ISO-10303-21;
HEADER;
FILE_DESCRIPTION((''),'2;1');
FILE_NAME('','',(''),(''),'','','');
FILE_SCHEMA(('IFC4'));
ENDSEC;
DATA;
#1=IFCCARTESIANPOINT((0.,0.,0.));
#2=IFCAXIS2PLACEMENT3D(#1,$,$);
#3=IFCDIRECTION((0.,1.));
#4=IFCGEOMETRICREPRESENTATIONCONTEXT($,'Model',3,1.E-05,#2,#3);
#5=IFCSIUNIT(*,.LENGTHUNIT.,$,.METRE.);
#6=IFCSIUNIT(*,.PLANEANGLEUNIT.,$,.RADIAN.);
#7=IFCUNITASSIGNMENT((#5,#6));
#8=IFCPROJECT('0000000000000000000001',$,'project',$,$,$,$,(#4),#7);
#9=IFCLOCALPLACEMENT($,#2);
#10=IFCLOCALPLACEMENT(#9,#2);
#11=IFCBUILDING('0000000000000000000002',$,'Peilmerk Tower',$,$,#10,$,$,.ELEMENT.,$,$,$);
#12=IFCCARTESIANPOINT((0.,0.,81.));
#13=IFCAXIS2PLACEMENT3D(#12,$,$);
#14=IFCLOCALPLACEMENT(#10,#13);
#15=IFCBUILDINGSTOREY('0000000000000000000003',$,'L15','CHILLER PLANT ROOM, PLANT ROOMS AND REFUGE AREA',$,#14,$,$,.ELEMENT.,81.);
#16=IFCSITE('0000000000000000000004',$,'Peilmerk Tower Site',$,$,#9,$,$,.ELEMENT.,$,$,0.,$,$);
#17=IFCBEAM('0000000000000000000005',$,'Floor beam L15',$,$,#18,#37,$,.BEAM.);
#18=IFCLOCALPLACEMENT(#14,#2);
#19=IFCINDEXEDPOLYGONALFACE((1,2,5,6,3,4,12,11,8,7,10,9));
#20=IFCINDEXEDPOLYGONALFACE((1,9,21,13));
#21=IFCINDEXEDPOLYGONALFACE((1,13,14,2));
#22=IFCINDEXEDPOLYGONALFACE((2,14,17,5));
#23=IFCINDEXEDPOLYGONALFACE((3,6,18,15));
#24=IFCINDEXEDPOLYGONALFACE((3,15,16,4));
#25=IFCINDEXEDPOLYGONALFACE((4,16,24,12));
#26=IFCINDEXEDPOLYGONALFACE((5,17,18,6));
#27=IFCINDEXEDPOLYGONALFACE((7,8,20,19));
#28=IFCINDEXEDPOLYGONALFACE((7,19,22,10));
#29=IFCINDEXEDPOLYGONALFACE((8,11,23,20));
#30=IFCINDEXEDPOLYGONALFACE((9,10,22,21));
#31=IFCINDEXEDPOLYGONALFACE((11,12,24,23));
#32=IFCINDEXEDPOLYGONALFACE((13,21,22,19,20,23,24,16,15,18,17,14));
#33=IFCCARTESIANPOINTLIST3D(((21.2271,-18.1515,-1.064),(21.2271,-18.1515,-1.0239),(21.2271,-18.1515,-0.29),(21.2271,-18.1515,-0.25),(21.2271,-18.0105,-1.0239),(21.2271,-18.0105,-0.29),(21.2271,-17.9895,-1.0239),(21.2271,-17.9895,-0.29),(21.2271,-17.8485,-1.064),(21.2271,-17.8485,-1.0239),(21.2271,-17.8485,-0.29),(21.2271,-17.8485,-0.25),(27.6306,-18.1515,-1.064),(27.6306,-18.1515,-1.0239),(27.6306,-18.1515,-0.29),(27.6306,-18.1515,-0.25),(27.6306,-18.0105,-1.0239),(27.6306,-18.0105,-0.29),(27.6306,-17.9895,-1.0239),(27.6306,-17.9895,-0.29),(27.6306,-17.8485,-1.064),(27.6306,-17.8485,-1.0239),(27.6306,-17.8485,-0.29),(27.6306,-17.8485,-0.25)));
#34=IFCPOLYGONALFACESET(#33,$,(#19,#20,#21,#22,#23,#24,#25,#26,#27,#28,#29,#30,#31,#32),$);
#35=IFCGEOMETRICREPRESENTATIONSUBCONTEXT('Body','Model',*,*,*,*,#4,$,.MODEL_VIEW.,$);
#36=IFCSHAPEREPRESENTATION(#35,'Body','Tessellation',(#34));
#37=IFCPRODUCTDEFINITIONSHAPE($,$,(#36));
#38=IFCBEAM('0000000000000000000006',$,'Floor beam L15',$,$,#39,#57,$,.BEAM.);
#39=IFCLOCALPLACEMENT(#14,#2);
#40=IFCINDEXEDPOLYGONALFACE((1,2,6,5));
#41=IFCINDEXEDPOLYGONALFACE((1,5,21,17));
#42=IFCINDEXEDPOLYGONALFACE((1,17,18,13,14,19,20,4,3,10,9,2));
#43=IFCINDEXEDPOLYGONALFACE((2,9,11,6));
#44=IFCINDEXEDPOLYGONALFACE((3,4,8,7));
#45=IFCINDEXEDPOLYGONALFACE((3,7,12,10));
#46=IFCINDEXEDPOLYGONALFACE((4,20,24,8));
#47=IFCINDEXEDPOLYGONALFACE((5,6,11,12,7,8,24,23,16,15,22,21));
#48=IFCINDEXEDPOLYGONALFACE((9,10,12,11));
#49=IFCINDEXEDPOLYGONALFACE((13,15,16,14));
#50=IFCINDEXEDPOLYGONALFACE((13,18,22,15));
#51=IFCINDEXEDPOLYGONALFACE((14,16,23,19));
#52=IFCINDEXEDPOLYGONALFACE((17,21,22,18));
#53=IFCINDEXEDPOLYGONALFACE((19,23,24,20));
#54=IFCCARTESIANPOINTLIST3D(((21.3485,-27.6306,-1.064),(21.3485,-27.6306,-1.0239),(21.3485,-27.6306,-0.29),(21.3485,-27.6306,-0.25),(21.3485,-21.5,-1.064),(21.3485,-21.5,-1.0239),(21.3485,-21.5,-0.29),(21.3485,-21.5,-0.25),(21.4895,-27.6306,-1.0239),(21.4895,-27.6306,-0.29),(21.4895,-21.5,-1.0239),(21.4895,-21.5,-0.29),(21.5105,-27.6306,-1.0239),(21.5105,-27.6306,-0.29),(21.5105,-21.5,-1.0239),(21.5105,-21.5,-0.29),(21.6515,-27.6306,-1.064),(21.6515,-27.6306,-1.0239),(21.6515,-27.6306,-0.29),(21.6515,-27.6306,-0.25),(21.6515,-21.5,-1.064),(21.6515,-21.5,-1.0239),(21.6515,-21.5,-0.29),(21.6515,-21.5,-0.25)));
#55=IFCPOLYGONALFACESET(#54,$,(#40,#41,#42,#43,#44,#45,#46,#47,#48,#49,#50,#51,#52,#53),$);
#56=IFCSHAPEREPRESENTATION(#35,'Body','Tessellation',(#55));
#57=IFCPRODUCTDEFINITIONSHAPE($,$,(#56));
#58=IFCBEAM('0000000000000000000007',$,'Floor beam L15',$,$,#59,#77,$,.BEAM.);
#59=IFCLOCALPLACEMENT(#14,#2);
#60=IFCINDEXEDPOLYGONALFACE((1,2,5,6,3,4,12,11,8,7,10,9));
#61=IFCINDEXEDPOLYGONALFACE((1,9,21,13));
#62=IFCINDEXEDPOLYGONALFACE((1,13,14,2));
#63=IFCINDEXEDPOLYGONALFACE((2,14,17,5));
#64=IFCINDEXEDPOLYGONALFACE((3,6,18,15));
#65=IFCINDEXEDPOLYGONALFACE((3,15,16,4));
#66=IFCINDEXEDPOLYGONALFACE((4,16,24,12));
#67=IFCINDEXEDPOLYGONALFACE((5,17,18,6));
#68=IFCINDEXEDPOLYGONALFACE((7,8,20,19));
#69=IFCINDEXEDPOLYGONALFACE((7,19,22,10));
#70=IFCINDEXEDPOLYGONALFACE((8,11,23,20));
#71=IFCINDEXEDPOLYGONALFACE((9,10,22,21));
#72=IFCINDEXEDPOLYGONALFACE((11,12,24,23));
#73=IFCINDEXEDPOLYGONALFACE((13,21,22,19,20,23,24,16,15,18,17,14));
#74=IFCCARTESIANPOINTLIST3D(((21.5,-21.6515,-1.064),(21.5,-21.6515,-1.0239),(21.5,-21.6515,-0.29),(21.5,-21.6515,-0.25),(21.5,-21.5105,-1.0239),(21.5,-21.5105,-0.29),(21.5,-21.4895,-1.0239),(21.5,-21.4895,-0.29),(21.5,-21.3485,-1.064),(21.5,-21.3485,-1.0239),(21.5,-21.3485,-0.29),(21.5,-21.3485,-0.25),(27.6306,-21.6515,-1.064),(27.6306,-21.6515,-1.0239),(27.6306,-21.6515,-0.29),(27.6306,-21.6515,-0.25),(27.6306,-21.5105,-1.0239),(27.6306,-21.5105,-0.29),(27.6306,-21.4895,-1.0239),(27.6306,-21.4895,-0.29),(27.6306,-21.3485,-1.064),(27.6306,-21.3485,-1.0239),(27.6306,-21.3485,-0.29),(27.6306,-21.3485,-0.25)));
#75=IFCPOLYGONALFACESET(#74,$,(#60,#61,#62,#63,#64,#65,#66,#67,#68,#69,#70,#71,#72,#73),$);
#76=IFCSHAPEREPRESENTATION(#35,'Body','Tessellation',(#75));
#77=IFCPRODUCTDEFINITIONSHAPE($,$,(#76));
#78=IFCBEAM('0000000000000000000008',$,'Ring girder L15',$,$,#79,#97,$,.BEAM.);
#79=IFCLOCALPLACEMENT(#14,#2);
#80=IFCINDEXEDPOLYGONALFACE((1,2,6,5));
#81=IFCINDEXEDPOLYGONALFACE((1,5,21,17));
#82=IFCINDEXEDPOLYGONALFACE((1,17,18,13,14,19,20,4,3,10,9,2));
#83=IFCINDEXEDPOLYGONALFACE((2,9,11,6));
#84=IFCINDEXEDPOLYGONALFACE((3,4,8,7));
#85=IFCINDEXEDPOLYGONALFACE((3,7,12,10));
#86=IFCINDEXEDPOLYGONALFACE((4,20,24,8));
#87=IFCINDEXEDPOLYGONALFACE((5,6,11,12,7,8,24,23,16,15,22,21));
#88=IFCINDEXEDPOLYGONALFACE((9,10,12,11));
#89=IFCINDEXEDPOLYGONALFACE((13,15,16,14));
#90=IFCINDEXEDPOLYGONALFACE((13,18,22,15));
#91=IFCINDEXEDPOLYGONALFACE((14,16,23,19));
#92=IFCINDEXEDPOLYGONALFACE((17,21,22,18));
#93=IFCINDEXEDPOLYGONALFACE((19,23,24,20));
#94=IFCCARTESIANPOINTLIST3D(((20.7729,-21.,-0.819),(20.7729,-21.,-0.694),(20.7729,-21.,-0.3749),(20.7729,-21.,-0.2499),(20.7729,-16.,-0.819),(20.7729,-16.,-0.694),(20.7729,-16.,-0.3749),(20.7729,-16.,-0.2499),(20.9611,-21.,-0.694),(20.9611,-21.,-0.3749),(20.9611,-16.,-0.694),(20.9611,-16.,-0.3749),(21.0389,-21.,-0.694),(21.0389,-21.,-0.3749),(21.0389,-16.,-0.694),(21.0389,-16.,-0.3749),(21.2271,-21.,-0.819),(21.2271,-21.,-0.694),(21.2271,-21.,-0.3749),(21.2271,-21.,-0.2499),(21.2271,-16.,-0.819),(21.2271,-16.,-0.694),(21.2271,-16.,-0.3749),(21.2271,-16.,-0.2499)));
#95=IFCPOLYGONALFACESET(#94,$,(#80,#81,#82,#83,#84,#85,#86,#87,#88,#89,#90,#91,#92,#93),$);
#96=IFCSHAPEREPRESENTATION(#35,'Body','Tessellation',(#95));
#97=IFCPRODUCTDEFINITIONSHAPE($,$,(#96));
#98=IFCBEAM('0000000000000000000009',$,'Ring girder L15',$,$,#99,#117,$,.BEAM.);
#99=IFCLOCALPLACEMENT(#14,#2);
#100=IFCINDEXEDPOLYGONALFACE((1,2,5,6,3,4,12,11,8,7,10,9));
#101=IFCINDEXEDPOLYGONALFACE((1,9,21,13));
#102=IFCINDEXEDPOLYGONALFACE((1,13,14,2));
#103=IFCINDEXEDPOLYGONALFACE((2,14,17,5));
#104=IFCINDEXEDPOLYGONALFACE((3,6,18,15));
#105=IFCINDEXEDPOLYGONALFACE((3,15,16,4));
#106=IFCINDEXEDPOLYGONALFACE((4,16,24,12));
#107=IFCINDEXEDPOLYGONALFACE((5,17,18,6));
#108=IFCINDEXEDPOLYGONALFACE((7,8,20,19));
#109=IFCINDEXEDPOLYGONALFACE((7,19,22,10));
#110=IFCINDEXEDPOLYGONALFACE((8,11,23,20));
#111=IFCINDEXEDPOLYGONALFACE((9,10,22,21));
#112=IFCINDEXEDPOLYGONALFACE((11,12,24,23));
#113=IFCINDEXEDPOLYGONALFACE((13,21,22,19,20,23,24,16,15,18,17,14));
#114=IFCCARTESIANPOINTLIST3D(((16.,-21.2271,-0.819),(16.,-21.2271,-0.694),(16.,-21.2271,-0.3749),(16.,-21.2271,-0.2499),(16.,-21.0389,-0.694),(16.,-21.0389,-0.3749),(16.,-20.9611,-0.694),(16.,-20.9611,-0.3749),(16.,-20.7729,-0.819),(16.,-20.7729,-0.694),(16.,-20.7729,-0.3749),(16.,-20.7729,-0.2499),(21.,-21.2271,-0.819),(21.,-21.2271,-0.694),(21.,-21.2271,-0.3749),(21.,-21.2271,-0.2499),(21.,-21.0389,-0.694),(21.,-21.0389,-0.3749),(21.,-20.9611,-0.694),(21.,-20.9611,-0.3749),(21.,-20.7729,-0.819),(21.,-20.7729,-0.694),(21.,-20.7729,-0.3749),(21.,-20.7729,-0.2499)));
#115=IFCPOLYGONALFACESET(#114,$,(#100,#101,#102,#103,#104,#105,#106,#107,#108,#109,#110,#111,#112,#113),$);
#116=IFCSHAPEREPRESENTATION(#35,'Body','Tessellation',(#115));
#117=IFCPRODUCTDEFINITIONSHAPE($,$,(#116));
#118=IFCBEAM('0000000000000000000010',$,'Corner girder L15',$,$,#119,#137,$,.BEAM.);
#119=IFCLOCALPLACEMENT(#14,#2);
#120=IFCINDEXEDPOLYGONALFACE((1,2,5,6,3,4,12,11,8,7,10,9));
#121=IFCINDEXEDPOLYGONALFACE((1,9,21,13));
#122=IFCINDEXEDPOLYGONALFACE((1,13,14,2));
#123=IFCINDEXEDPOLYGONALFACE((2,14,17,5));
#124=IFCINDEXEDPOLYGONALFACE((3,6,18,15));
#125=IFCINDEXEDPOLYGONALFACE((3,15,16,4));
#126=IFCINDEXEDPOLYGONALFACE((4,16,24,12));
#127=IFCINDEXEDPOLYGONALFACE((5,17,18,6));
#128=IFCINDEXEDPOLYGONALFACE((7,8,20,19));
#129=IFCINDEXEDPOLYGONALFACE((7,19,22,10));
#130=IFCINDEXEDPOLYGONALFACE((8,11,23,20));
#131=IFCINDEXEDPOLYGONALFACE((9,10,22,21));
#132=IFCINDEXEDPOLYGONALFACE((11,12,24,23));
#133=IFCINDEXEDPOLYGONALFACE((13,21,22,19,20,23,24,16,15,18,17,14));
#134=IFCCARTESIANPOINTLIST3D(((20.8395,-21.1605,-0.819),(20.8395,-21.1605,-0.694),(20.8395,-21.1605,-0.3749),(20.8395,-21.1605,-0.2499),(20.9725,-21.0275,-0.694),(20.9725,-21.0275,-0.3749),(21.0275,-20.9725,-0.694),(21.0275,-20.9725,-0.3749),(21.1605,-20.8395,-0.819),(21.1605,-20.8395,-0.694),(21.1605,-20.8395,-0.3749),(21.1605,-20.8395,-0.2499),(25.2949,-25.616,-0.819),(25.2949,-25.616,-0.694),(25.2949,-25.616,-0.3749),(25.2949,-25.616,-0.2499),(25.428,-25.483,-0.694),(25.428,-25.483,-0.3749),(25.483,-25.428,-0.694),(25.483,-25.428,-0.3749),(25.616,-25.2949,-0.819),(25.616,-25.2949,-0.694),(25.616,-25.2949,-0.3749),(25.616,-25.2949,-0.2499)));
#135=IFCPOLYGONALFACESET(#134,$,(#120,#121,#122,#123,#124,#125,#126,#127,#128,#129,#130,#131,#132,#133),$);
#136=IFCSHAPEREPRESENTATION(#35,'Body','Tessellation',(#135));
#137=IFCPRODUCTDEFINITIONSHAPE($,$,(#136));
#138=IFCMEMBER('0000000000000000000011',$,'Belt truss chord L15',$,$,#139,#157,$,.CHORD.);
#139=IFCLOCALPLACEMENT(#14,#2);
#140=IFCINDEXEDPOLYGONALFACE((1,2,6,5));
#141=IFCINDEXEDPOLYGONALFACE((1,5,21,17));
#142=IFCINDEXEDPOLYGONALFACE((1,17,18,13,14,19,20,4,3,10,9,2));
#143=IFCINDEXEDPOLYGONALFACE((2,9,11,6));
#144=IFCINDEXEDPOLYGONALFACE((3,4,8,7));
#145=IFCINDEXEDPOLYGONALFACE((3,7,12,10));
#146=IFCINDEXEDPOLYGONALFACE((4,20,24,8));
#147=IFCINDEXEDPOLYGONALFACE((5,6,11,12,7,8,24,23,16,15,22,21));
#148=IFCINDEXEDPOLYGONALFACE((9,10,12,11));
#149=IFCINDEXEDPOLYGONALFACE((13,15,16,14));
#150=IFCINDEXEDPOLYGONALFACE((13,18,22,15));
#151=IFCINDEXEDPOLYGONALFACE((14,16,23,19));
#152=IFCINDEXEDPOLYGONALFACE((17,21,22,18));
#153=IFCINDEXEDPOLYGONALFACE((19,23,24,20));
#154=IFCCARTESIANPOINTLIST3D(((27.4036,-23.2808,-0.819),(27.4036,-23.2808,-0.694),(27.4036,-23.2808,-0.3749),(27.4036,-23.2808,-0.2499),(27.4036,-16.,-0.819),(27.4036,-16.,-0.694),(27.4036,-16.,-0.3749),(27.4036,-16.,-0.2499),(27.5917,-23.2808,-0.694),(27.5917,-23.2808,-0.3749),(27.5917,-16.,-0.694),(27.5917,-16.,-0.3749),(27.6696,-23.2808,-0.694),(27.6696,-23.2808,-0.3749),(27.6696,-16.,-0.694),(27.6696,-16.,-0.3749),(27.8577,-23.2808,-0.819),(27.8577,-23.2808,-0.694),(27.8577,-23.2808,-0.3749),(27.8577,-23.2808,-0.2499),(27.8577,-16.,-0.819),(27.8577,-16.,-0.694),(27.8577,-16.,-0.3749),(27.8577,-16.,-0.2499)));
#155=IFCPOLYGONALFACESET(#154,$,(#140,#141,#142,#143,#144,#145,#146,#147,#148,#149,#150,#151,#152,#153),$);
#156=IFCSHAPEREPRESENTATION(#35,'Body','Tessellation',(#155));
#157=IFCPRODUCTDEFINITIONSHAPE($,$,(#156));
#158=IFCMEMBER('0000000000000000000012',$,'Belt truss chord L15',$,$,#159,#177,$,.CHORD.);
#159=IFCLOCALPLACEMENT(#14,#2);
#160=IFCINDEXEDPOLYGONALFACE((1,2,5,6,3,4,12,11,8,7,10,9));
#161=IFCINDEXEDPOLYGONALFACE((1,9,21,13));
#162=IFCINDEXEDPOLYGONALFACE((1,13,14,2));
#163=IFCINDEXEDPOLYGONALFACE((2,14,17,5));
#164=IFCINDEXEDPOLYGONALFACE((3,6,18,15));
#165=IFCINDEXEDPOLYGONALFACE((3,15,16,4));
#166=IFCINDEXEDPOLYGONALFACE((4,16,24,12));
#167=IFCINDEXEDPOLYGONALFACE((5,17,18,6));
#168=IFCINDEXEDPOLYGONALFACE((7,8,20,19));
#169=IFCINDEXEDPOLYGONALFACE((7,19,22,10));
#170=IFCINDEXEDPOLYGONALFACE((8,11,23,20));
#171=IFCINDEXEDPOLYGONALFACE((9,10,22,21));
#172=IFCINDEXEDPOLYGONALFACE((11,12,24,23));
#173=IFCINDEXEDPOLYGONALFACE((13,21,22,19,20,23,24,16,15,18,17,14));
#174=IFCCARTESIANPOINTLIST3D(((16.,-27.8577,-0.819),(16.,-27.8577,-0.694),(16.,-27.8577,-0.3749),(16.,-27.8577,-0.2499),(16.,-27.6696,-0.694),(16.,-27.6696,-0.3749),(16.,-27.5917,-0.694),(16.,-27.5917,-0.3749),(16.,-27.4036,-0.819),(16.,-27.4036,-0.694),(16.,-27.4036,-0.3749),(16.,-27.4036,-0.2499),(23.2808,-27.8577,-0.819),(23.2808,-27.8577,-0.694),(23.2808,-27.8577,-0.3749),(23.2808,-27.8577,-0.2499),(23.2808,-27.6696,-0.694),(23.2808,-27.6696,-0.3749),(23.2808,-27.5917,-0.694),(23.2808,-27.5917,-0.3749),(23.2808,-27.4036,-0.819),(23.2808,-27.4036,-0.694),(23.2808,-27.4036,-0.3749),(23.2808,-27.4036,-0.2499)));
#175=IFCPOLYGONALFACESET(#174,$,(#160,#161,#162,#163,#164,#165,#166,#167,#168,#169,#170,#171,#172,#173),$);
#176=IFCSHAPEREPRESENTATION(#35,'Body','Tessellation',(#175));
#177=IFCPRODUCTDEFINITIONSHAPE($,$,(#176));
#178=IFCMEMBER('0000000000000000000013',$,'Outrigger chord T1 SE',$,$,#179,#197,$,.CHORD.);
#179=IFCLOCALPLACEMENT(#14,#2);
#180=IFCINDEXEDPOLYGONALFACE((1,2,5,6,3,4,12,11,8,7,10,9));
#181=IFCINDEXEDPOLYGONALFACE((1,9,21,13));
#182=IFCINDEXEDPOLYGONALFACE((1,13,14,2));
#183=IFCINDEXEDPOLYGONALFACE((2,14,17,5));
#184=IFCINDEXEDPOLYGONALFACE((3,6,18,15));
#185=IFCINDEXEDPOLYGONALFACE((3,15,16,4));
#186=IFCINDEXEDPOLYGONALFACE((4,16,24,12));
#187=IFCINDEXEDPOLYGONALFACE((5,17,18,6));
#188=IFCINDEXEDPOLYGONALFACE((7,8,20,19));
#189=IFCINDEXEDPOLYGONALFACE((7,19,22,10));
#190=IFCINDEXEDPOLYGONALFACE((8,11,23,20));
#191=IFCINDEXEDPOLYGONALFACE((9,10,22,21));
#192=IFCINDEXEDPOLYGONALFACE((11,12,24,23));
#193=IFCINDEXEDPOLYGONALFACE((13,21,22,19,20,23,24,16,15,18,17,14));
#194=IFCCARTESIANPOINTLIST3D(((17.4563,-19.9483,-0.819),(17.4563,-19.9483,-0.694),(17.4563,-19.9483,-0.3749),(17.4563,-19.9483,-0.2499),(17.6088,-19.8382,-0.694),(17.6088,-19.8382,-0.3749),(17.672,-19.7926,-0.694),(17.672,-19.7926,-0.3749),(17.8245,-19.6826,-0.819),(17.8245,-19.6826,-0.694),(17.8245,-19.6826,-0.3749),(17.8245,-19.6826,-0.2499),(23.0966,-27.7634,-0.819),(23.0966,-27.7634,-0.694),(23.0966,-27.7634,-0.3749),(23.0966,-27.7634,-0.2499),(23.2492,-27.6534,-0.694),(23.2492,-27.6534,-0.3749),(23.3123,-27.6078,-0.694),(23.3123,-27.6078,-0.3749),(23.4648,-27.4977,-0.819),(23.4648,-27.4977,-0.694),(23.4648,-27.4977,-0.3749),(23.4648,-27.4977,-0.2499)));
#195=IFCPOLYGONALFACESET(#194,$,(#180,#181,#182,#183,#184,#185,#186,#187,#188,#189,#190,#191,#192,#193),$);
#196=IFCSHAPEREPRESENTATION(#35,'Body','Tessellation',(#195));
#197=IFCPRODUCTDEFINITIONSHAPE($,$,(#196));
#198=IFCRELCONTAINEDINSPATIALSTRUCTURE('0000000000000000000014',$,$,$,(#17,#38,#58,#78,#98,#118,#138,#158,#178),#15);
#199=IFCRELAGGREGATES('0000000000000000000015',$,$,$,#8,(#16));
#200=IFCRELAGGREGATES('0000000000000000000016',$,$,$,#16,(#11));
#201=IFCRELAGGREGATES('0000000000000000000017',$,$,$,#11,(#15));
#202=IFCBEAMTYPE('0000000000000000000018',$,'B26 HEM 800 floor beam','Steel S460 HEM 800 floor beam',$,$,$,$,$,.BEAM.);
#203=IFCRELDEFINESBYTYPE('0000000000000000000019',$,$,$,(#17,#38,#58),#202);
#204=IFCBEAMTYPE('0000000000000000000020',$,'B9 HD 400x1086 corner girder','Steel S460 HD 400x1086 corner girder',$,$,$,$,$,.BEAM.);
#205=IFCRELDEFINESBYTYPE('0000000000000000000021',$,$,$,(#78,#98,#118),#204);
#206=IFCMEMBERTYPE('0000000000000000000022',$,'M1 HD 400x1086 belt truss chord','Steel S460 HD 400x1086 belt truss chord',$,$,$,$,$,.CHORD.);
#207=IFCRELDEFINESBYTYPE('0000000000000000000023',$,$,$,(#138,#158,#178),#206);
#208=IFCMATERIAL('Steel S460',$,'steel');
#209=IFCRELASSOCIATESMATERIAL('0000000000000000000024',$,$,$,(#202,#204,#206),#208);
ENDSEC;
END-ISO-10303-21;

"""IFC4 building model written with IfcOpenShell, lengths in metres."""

from ifc_helpers import new_model, si_unit, direction, frame, origin, origin_2d, place, context, subcontext, project, spatial, i_section, extrude, material, material_profile, profile_set, type_object, element, save


model = new_model("IFC4")

# Units and contexts
model_context = context("Model", 3, precision=1e-05, world=origin(), true_north=direction((0.0, 1.0)))
body_context = subcontext(model_context, "Body", "Model", "MODEL_VIEW")
ifc_project = project(units=[si_unit("LENGTHUNIT", "METRE"), si_unit("PLANEANGLEUNIT", "RADIAN")], contexts=[model_context])

# Site, building, storey
site_placement = place(None, origin())
site = spatial("IfcSite", under=ifc_project, at=site_placement, Name="Peilmerk Tower Site", CompositionType="ELEMENT", RefElevation=0.0)
building_placement = place(site_placement, origin())
building = spatial("IfcBuilding", under=site, at=building_placement, Name="Peilmerk Tower", CompositionType="ELEMENT")
storey_placement = place(building_placement, frame((0.0, 0.0, 81.0)))
storey = spatial("IfcBuildingStorey", under=building, at=storey_placement, Name="L15", Description="CHILLER PLANT ROOM, PLANT ROOMS AND REFUGE AREA", CompositionType="ELEMENT", Elevation=81.0)

# Shared definitions
ifc_material_1 = material(Name="Steel S460", Category="steel")

# Beams
ifc_material_profile_1 = material_profile(ifc_material_1, i_section(OverallWidth=0.303, OverallDepth=0.814, WebThickness=0.021, FlangeThickness=0.04, at=origin_2d()), Name="HEM 800")
ifc_profile_set_1 = profile_set([ifc_material_profile_1], Name="Steel S460")
beam_type_1 = type_object("IfcBeamType", Name="B26 HEM 800 floor beam", Description="Steel S460 HEM 800 floor beam", PredefinedType="BEAM", material=ifc_profile_set_1)
beam_1_placement = place(storey_placement, frame((21.2271, -18.0, -0.657), z_axis=(1.0, 0.0, 0.0), x_axis=(0.0, 1.0, 0.0)))
element("IfcBeam", 1, at=beam_1_placement, inside=storey, type_object=beam_type_1, Name="Floor beam L15", PredefinedType="BEAM", context=body_context, shape_type="SweptSolid", body=[
    extrude(i_section(OverallWidth=0.303, OverallDepth=0.814, WebThickness=0.021, FlangeThickness=0.04, at=origin_2d()), origin(), (0.0, 0.0, 1.0), 6.4036),
])
for number, where, z_axis, x_axis, name in (
    (2, (21.5, -21.5, -0.657), (0.0, -1.0, 0.0), (1.0, 0.0, 0.0), "Floor beam L15"),
    (3, (21.5, -21.5, -0.657), (1.0, 0.0, 0.0), (0.0, 1.0, 0.0), "Floor beam L15"),
):
    element("IfcBeam", number, at=place(storey_placement, frame(where, z_axis=z_axis, x_axis=x_axis)), inside=storey, type_object=beam_type_1, Name=name, PredefinedType="BEAM", context=body_context, shape_type="SweptSolid", body=[
        extrude(i_section(OverallWidth=0.303, OverallDepth=0.814, WebThickness=0.021, FlangeThickness=0.04, at=origin_2d()), origin(), (0.0, 0.0, 1.0), 6.1306),
    ])
ifc_material_profile_2 = material_profile(ifc_material_1, i_section(OverallWidth=0.4541, OverallDepth=0.5691, WebThickness=0.0779, FlangeThickness=0.125, at=origin_2d()), Name="HD 400x1086")
ifc_profile_set_2 = profile_set([ifc_material_profile_2], Name="Steel S460")
beam_type_2 = type_object("IfcBeamType", Name="B9 HD 400x1086 corner girder", Description="Steel S460 HD 400x1086 corner girder", PredefinedType="BEAM", material=ifc_profile_set_2)
for number, where, z_axis, x_axis, name in (
    (4, (21.0, -21.0, -0.5344), (0.0, 1.0, 0.0), (-1.0, 0.0, 0.0), "Ring girder L15"),
    (5, (16.0, -21.0, -0.5344), (1.0, 0.0, 0.0), (0.0, 1.0, 0.0), "Ring girder L15"),
):
    element("IfcBeam", number, at=place(storey_placement, frame(where, z_axis=z_axis, x_axis=x_axis)), inside=storey, type_object=beam_type_2, Name=name, PredefinedType="BEAM", context=body_context, shape_type="SweptSolid", body=[
        extrude(i_section(OverallWidth=0.4541, OverallDepth=0.5691, WebThickness=0.0779, FlangeThickness=0.125, at=origin_2d()), origin(), (0.0, 0.0, 1.0), 5.0),
    ])
beam_2_placement = place(storey_placement, frame((21.0, -21.0, -0.5344), z_axis=(0.707107, -0.707107, 0.0), x_axis=(0.707107, 0.707107, 0.0)))
element("IfcBeam", 6, at=beam_2_placement, inside=storey, type_object=beam_type_2, Name="Corner girder L15", PredefinedType="BEAM", context=body_context, shape_type="SweptSolid", body=[
    extrude(i_section(OverallWidth=0.4541, OverallDepth=0.5691, WebThickness=0.0779, FlangeThickness=0.125, at=origin_2d()), origin(), (0.0, 0.0, 1.0), 6.301),
])

# Members
ifc_material_profile_3 = material_profile(ifc_material_1, i_section(OverallWidth=0.4541, OverallDepth=0.5691, WebThickness=0.0779, FlangeThickness=0.125, at=origin_2d()), Name="HD 400x1086")
ifc_profile_set_3 = profile_set([ifc_material_profile_3], Name="Steel S460")
member_type_1 = type_object("IfcMemberType", Name="M1 HD 400x1086 belt truss chord", Description="Steel S460 HD 400x1086 belt truss chord", PredefinedType="CHORD", material=ifc_profile_set_3)
for number, where, z_axis, x_axis, name in (
    (7, (27.6306, -23.2808, -0.5344), (0.0, 1.0, 0.0), (-1.0, 0.0, 0.0), "Belt truss chord L15"),
    (8, (16.0, -27.6306, -0.5344), (1.0, 0.0, 0.0), (0.0, 1.0, 0.0), "Belt truss chord L15"),
):
    element("IfcMember", number, at=place(storey_placement, frame(where, z_axis=z_axis, x_axis=x_axis)), inside=storey, type_object=member_type_1, Name=name, PredefinedType="CHORD", context=body_context, shape_type="SweptSolid", body=[
        extrude(i_section(OverallWidth=0.4541, OverallDepth=0.5691, WebThickness=0.0779, FlangeThickness=0.125, at=origin_2d()), origin(), (0.0, 0.0, 1.0), 7.2808),
    ])
member_1_placement = place(storey_placement, frame((17.6404, -19.8154, -0.5344), z_axis=(0.585223, -0.810872, 0.0), x_axis=(0.810872, 0.585223, 0.0)))
element("IfcMember", 9, at=member_1_placement, inside=storey, type_object=member_type_1, Name="Outrigger chord T1 SE", PredefinedType="CHORD", context=body_context, shape_type="SweptSolid", body=[
    extrude(i_section(OverallWidth=0.4541, OverallDepth=0.5691, WebThickness=0.0779, FlangeThickness=0.125, at=origin_2d()), origin(), (0.0, 0.0, 1.0), 9.6379),
])

save(model, "model.ifc")
